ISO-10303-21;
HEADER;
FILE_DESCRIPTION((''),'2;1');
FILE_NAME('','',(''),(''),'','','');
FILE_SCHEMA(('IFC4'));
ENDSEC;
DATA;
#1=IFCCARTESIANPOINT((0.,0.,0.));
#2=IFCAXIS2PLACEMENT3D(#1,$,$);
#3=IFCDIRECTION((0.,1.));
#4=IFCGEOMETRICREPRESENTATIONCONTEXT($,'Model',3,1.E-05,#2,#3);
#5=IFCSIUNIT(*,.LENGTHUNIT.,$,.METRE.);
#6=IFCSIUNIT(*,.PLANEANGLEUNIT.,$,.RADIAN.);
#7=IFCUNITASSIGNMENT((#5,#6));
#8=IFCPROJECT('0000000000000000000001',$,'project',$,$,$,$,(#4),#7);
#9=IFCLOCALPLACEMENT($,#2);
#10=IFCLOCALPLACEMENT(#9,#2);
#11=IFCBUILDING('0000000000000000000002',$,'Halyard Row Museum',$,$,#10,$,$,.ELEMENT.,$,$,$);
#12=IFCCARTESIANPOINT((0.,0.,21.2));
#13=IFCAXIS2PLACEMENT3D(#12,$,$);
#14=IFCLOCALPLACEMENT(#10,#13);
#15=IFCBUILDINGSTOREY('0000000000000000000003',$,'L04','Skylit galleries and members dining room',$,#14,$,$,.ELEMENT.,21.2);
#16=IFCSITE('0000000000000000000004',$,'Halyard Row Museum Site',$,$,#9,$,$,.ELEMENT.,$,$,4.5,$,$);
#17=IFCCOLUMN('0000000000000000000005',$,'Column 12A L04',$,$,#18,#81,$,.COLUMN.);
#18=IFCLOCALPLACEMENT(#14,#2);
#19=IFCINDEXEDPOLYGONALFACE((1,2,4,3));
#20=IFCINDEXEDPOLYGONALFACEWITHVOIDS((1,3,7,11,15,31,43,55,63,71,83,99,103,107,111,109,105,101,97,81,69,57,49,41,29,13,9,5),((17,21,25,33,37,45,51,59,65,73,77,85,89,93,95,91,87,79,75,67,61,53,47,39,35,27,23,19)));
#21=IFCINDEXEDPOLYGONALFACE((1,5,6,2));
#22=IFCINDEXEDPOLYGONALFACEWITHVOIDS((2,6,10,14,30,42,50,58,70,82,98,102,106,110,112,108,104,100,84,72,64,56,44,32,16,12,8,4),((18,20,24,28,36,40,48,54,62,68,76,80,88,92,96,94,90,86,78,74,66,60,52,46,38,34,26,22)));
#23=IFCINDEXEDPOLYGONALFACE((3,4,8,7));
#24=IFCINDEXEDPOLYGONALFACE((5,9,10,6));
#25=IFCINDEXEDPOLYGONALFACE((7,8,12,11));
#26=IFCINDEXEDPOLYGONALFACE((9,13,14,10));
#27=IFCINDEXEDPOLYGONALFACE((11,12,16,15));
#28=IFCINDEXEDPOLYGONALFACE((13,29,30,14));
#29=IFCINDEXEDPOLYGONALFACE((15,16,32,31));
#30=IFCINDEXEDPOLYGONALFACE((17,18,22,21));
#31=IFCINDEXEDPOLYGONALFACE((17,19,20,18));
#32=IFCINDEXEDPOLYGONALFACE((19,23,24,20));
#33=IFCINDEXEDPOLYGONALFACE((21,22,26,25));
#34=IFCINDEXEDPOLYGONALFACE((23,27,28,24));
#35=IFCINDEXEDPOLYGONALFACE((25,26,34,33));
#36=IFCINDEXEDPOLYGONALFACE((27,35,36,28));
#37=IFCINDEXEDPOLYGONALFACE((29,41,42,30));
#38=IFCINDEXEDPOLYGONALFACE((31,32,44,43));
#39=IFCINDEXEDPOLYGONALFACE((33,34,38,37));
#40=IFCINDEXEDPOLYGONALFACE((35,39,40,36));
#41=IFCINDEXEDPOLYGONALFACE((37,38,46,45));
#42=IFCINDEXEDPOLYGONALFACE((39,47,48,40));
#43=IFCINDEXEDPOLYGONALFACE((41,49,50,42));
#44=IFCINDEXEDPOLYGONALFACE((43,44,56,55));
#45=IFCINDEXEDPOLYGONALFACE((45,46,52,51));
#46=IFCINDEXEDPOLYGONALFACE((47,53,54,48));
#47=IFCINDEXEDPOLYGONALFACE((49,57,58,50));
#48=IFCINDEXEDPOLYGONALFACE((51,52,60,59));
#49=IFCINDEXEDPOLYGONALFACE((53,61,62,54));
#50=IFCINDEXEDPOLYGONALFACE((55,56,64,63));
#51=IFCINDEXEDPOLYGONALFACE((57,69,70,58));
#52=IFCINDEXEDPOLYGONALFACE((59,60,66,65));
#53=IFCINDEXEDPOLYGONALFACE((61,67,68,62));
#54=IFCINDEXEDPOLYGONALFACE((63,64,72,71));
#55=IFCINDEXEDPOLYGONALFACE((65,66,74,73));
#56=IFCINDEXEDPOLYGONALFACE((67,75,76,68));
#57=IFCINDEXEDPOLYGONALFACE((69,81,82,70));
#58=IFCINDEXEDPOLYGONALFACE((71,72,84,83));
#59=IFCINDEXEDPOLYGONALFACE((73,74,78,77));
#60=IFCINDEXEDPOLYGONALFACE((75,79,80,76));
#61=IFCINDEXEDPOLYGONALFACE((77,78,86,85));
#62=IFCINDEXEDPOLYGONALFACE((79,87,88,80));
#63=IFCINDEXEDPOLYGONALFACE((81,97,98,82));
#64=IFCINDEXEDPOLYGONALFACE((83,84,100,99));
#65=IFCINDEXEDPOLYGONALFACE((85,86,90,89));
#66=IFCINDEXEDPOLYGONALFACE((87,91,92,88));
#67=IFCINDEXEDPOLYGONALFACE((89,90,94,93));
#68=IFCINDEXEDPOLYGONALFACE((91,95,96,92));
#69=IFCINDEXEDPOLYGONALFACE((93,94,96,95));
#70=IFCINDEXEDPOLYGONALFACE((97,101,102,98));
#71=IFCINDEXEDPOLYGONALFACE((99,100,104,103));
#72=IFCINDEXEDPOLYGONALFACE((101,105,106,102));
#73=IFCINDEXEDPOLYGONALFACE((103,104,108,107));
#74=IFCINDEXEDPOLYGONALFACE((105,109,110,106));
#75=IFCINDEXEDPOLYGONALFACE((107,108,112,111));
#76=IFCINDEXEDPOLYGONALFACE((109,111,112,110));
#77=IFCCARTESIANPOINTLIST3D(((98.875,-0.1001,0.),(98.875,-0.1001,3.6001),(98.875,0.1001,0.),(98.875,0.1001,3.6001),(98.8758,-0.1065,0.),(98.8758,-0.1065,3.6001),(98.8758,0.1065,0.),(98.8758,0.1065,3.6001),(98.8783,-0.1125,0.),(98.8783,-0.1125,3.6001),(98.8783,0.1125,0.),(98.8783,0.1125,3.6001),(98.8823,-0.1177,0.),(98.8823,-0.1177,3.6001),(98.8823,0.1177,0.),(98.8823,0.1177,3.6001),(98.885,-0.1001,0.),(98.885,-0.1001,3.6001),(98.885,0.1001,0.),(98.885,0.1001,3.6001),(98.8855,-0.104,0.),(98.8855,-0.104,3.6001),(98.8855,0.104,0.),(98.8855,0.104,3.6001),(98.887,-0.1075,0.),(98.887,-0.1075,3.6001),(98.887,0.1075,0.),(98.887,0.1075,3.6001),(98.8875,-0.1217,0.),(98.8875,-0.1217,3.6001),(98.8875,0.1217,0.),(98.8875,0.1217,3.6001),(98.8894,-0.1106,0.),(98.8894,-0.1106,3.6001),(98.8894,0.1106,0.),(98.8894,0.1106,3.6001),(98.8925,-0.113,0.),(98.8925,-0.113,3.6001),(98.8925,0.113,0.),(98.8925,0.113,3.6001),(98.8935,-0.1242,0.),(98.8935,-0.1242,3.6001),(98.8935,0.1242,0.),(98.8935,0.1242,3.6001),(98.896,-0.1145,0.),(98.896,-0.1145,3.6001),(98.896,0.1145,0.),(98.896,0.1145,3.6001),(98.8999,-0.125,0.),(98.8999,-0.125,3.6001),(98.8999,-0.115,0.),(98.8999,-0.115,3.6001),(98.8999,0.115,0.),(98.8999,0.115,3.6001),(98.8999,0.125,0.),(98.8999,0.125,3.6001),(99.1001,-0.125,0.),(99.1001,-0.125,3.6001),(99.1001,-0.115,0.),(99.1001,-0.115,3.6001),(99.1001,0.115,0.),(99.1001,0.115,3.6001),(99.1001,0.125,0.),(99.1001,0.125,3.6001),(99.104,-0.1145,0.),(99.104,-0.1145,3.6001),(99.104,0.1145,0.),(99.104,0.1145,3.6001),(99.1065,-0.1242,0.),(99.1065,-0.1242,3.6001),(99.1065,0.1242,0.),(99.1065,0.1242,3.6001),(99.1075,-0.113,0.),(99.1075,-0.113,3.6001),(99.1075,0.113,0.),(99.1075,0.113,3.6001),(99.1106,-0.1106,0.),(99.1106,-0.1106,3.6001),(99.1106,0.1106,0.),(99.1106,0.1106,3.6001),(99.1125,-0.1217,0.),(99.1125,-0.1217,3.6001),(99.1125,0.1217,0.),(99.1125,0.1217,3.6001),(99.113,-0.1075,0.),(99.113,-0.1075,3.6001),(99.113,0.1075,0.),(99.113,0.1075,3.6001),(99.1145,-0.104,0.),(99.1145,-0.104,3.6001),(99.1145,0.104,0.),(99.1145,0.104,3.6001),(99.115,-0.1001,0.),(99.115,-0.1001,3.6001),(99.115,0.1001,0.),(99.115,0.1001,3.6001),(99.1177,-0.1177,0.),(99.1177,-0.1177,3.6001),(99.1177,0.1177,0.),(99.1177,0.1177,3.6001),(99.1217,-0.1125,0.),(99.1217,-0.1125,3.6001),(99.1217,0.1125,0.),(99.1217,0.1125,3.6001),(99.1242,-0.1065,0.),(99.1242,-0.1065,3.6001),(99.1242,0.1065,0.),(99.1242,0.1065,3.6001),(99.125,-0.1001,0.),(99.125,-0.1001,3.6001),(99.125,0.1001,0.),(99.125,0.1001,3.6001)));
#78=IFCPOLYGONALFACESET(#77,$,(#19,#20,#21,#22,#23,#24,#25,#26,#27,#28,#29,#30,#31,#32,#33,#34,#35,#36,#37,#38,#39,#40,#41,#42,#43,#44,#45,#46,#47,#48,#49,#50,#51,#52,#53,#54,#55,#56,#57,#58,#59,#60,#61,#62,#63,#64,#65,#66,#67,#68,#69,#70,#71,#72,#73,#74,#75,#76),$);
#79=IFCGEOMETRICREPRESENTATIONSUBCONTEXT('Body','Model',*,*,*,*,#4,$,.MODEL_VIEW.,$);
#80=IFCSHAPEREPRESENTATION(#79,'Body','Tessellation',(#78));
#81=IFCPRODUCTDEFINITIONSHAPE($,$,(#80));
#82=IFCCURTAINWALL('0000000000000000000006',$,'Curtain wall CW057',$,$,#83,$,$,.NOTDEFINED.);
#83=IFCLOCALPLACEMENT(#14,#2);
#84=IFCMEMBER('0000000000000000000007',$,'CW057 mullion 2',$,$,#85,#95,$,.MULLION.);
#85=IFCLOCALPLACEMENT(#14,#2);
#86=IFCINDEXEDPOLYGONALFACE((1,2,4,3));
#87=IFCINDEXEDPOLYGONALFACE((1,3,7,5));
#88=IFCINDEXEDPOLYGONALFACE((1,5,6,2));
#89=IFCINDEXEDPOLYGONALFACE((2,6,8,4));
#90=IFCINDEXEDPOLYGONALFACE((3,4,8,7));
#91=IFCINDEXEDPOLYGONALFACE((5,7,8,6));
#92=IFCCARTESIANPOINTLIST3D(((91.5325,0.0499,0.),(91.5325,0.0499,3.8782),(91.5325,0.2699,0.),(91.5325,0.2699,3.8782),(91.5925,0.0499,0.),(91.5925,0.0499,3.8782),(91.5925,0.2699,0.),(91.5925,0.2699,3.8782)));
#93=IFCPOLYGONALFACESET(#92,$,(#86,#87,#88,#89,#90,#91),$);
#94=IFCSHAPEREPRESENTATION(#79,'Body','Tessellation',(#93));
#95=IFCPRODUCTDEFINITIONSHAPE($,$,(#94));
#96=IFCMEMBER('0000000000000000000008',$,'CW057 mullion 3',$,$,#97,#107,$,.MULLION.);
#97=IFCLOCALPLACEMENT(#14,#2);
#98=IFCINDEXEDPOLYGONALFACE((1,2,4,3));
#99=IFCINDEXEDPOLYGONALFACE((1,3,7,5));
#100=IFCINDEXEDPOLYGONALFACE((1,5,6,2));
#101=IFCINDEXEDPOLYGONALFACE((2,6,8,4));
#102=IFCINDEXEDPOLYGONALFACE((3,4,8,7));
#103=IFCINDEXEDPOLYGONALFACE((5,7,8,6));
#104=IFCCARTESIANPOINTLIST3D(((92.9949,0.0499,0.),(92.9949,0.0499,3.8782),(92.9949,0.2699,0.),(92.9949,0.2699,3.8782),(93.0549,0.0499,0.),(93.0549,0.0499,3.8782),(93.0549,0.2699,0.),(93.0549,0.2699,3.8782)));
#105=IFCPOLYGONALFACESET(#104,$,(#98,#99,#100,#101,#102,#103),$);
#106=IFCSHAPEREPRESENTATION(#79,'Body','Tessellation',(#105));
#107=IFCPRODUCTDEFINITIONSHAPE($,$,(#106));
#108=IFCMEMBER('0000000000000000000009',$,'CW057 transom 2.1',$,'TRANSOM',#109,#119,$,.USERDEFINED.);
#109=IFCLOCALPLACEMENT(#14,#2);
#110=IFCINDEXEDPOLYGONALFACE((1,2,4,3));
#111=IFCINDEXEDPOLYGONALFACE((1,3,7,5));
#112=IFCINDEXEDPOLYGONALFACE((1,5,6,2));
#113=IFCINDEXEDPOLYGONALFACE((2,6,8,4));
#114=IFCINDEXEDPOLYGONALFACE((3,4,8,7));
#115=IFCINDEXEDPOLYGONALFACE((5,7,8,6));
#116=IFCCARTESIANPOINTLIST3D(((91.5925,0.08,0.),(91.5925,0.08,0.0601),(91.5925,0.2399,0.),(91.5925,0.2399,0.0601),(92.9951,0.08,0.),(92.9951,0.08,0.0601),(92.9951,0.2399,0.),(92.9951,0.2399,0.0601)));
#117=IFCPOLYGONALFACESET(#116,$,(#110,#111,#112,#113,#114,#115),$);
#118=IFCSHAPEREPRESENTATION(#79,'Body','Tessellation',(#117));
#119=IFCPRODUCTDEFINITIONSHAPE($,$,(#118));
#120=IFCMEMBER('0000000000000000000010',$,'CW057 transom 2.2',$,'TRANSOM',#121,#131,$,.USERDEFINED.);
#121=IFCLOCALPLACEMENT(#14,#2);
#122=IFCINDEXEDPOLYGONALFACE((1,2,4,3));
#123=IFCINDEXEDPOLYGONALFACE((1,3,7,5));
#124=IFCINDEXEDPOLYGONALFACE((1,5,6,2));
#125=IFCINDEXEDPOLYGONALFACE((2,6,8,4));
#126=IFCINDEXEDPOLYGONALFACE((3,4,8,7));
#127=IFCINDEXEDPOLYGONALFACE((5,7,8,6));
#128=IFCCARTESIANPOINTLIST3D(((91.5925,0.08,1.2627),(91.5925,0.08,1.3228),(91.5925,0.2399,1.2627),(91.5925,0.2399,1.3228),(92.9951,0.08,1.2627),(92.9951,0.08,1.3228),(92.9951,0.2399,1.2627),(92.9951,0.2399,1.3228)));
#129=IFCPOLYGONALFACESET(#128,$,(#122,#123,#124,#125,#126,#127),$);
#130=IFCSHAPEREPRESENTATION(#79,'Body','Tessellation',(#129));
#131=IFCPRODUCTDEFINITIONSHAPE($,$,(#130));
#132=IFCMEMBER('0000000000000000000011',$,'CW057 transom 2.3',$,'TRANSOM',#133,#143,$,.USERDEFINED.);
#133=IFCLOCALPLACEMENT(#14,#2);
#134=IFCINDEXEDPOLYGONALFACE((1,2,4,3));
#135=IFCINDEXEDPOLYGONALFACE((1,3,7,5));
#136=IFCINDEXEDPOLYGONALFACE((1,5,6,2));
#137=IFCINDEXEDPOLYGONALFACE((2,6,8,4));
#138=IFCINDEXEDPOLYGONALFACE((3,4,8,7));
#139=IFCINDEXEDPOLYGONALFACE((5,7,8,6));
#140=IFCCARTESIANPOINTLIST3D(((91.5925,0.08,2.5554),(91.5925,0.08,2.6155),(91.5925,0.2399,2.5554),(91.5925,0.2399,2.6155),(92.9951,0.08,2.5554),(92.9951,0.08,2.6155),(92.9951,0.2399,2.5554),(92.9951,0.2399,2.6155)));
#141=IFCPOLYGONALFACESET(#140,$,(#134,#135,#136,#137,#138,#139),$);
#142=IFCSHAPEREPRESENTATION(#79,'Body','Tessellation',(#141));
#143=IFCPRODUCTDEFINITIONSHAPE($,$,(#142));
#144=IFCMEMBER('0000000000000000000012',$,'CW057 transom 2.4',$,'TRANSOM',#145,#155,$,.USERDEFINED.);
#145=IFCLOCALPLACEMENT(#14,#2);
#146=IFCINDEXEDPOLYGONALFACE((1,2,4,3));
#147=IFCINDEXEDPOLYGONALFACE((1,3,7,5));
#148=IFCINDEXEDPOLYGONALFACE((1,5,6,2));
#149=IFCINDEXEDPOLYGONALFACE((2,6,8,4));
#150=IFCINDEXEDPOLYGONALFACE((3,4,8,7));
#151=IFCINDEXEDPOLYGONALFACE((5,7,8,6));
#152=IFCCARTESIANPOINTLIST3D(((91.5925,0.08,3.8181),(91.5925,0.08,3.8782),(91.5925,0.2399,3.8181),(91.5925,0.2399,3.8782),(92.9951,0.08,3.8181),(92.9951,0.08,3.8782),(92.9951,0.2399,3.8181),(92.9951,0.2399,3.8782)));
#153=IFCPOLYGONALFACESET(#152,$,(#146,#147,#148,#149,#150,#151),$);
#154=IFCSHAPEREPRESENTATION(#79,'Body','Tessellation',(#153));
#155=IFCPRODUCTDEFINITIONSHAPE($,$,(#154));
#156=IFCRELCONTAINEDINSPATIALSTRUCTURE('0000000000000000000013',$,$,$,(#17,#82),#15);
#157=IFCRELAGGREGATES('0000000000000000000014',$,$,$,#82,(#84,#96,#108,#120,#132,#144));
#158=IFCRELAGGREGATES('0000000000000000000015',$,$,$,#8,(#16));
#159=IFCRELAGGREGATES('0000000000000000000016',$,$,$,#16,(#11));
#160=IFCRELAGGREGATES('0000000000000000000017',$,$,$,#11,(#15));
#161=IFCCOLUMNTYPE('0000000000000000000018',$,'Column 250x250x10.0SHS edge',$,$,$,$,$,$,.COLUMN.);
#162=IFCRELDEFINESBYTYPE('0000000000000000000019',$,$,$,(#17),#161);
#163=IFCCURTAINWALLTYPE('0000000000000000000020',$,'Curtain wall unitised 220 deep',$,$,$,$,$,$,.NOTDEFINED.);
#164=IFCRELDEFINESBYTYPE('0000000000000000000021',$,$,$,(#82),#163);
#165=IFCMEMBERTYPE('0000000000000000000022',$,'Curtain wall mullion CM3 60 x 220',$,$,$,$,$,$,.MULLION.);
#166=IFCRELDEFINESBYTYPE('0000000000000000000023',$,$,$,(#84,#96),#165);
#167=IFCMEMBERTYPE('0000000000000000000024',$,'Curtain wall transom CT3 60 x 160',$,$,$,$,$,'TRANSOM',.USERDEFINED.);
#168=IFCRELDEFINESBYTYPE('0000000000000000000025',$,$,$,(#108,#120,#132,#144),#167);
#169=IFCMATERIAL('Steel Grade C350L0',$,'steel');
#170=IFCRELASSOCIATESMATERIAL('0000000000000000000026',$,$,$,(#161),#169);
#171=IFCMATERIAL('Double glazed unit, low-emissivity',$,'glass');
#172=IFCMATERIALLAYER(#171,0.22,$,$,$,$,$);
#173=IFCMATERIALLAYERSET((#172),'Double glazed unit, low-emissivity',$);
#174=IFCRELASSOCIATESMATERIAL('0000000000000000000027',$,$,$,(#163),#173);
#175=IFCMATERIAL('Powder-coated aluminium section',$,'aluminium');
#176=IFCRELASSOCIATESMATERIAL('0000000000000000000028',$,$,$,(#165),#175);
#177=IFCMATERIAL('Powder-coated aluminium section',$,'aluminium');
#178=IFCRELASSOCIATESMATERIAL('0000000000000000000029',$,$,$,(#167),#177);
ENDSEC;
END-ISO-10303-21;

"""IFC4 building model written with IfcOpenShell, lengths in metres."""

from ifc_helpers import new_model, si_unit, direction, frame, origin, origin_2d, place, context, subcontext, project, spatial, rectangle, hollow_rectangle, extrude, material, layer, layer_set, material_profile, profile_set, type_object, element, aggregate, save


model = new_model("IFC4")

# Units and contexts
model_context = context("Model", 3, precision=1e-05, world=origin(), true_north=direction((0.0, 1.0)))
body_context = subcontext(model_context, "Body", "Model", "MODEL_VIEW")
ifc_project = project(units=[si_unit("LENGTHUNIT", "METRE"), si_unit("PLANEANGLEUNIT", "RADIAN")], contexts=[model_context])

# Site, building, storey
site_placement = place(None, origin())
site = spatial("IfcSite", under=ifc_project, at=site_placement, Name="Halyard Row Museum Site", CompositionType="ELEMENT", RefElevation=4.5)
building_placement = place(site_placement, origin())
building = spatial("IfcBuilding", under=site, at=building_placement, Name="Halyard Row Museum", CompositionType="ELEMENT")
storey_placement = place(building_placement, frame((0.0, 0.0, 21.2)))
storey = spatial("IfcBuildingStorey", under=building, at=storey_placement, Name="L04", Description="Skylit galleries and members dining room", CompositionType="ELEMENT", Elevation=21.2)

# Column
ifc_material_1 = material(Name="Steel Grade C350L0", Category="steel")
ifc_material_profile_1 = material_profile(ifc_material_1, hollow_rectangle(XDim=0.25, YDim=0.25, WallThickness=0.01, InnerFilletRadius=0.0149, OuterFilletRadius=0.0249, at=origin_2d()), Name="250x250x10.0SHS")
ifc_profile_set_1 = profile_set([ifc_material_profile_1], Name="Steel Grade C350L0")
column_type = type_object("IfcColumnType", Name="Column 250x250x10.0SHS edge", PredefinedType="COLUMN", material=ifc_profile_set_1)
column_placement = place(storey_placement, frame((99.0, 0.0, 0.0), z_axis=(0.0, 0.0, 1.0), x_axis=(1.0, 0.0, 0.0)))
element("IfcColumn", 1, at=column_placement, inside=storey, type_object=column_type, Name="Column 12A L04", PredefinedType="COLUMN", context=body_context, shape_type="SweptSolid", body=[
    extrude(hollow_rectangle(XDim=0.25, YDim=0.25, WallThickness=0.01, InnerFilletRadius=0.0149, OuterFilletRadius=0.0249, at=origin_2d()), origin(), (0.0, 0.0, 1.0), 3.6001),
])

# Curtain wall, members
ifc_material_2 = material(Name="Double glazed unit, low-emissivity", Category="glass")
ifc_layer_1 = layer(ifc_material_2, 0.22)
ifc_layer_set_1 = layer_set([ifc_layer_1], Name="Double glazed unit, low-emissivity")
curtain_wall_type = type_object("IfcCurtainWallType", Name="Curtain wall unitised 220 deep", PredefinedType="NOTDEFINED", material=ifc_layer_set_1)
curtain_wall_placement = place(storey_placement, origin())
curtain_wall = element("IfcCurtainWall", 2, at=curtain_wall_placement, inside=storey, type_object=curtain_wall_type, Name="Curtain wall CW057", PredefinedType="NOTDEFINED")
ifc_material_3 = material(Name="Powder-coated aluminium section", Category="aluminium")
ifc_material_profile_2 = material_profile(ifc_material_3, rectangle(XDim=0.22, YDim=0.0601, at=origin_2d()), Name="220x60 mullion")
ifc_profile_set_2 = profile_set([ifc_material_profile_2], Name="Powder-coated aluminium section")
member_type_1 = type_object("IfcMemberType", Name="Curtain wall mullion CM3 60 x 220", PredefinedType="MULLION", material=ifc_profile_set_2)
member_1_placement = place(storey_placement, frame((91.5625, 0.1599, 0.0), z_axis=(0.0, 0.0, 1.0), x_axis=(0.0, 1.0, 0.0)))
member_1 = element("IfcMember", 3, at=member_1_placement, type_object=member_type_1, Name="CW057 mullion 2", PredefinedType="MULLION", context=body_context, shape_type="SweptSolid", body=[
    extrude(rectangle(XDim=0.22, YDim=0.0601, at=origin_2d()), origin(), (0.0, 0.0, 1.0), 3.8782),
])
member_2_placement = place(storey_placement, frame((93.0249, 0.1599, 0.0), z_axis=(0.0, 0.0, 1.0), x_axis=(0.0, 1.0, 0.0)))
member_2 = element("IfcMember", 4, at=member_2_placement, type_object=member_type_1, Name="CW057 mullion 3", PredefinedType="MULLION", context=body_context, shape_type="SweptSolid", body=[
    extrude(rectangle(XDim=0.22, YDim=0.0601, at=origin_2d()), origin(), (0.0, 0.0, 1.0), 3.8782),
])
ifc_material_4 = material(Name="Powder-coated aluminium section", Category="aluminium")
ifc_material_profile_3 = material_profile(ifc_material_4, rectangle(XDim=0.1599, YDim=0.0601, at=origin_2d()), Name="160x60 transom")
ifc_profile_set_3 = profile_set([ifc_material_profile_3], Name="Powder-coated aluminium section")
member_type_2 = type_object("IfcMemberType", Name="Curtain wall transom CT3 60 x 160", ElementType="TRANSOM", PredefinedType="USERDEFINED", material=ifc_profile_set_3)
member_3_placement = place(storey_placement, frame((91.5925, 0.1599, 0.03), z_axis=(1.0, 0.0, 0.0), x_axis=(0.0, 1.0, 0.0)))
member_3 = element("IfcMember", 5, at=member_3_placement, type_object=member_type_2, Name="CW057 transom 2.1", ObjectType="TRANSOM", PredefinedType="USERDEFINED", context=body_context, shape_type="SweptSolid", body=[
    extrude(rectangle(XDim=0.1599, YDim=0.0601, at=origin_2d()), origin(), (0.0, 0.0, 1.0), 1.4026),
])
member_4_placement = place(storey_placement, frame((91.5925, 0.1599, 1.2927), z_axis=(1.0, 0.0, 0.0), x_axis=(0.0, 1.0, 0.0)))
member_4 = element("IfcMember", 6, at=member_4_placement, type_object=member_type_2, Name="CW057 transom 2.2", ObjectType="TRANSOM", PredefinedType="USERDEFINED", context=body_context, shape_type="SweptSolid", body=[
    extrude(rectangle(XDim=0.1599, YDim=0.0601, at=origin_2d()), origin(), (0.0, 0.0, 1.0), 1.4026),
])
member_5_placement = place(storey_placement, frame((91.5925, 0.1599, 2.5854), z_axis=(1.0, 0.0, 0.0), x_axis=(0.0, 1.0, 0.0)))
member_5 = element("IfcMember", 7, at=member_5_placement, type_object=member_type_2, Name="CW057 transom 2.3", ObjectType="TRANSOM", PredefinedType="USERDEFINED", context=body_context, shape_type="SweptSolid", body=[
    extrude(rectangle(XDim=0.1599, YDim=0.0601, at=origin_2d()), origin(), (0.0, 0.0, 1.0), 1.4026),
])
member_6_placement = place(storey_placement, frame((91.5925, 0.1599, 3.8481), z_axis=(1.0, 0.0, 0.0), x_axis=(0.0, 1.0, 0.0)))
member_6 = element("IfcMember", 8, at=member_6_placement, type_object=member_type_2, Name="CW057 transom 2.4", ObjectType="TRANSOM", PredefinedType="USERDEFINED", context=body_context, shape_type="SweptSolid", body=[
    extrude(rectangle(XDim=0.1599, YDim=0.0601, at=origin_2d()), origin(), (0.0, 0.0, 1.0), 1.4026),
])

aggregate(curtain_wall, [member_1, member_2, member_3, member_4, member_5, member_6])

save(model, "model.ifc")
